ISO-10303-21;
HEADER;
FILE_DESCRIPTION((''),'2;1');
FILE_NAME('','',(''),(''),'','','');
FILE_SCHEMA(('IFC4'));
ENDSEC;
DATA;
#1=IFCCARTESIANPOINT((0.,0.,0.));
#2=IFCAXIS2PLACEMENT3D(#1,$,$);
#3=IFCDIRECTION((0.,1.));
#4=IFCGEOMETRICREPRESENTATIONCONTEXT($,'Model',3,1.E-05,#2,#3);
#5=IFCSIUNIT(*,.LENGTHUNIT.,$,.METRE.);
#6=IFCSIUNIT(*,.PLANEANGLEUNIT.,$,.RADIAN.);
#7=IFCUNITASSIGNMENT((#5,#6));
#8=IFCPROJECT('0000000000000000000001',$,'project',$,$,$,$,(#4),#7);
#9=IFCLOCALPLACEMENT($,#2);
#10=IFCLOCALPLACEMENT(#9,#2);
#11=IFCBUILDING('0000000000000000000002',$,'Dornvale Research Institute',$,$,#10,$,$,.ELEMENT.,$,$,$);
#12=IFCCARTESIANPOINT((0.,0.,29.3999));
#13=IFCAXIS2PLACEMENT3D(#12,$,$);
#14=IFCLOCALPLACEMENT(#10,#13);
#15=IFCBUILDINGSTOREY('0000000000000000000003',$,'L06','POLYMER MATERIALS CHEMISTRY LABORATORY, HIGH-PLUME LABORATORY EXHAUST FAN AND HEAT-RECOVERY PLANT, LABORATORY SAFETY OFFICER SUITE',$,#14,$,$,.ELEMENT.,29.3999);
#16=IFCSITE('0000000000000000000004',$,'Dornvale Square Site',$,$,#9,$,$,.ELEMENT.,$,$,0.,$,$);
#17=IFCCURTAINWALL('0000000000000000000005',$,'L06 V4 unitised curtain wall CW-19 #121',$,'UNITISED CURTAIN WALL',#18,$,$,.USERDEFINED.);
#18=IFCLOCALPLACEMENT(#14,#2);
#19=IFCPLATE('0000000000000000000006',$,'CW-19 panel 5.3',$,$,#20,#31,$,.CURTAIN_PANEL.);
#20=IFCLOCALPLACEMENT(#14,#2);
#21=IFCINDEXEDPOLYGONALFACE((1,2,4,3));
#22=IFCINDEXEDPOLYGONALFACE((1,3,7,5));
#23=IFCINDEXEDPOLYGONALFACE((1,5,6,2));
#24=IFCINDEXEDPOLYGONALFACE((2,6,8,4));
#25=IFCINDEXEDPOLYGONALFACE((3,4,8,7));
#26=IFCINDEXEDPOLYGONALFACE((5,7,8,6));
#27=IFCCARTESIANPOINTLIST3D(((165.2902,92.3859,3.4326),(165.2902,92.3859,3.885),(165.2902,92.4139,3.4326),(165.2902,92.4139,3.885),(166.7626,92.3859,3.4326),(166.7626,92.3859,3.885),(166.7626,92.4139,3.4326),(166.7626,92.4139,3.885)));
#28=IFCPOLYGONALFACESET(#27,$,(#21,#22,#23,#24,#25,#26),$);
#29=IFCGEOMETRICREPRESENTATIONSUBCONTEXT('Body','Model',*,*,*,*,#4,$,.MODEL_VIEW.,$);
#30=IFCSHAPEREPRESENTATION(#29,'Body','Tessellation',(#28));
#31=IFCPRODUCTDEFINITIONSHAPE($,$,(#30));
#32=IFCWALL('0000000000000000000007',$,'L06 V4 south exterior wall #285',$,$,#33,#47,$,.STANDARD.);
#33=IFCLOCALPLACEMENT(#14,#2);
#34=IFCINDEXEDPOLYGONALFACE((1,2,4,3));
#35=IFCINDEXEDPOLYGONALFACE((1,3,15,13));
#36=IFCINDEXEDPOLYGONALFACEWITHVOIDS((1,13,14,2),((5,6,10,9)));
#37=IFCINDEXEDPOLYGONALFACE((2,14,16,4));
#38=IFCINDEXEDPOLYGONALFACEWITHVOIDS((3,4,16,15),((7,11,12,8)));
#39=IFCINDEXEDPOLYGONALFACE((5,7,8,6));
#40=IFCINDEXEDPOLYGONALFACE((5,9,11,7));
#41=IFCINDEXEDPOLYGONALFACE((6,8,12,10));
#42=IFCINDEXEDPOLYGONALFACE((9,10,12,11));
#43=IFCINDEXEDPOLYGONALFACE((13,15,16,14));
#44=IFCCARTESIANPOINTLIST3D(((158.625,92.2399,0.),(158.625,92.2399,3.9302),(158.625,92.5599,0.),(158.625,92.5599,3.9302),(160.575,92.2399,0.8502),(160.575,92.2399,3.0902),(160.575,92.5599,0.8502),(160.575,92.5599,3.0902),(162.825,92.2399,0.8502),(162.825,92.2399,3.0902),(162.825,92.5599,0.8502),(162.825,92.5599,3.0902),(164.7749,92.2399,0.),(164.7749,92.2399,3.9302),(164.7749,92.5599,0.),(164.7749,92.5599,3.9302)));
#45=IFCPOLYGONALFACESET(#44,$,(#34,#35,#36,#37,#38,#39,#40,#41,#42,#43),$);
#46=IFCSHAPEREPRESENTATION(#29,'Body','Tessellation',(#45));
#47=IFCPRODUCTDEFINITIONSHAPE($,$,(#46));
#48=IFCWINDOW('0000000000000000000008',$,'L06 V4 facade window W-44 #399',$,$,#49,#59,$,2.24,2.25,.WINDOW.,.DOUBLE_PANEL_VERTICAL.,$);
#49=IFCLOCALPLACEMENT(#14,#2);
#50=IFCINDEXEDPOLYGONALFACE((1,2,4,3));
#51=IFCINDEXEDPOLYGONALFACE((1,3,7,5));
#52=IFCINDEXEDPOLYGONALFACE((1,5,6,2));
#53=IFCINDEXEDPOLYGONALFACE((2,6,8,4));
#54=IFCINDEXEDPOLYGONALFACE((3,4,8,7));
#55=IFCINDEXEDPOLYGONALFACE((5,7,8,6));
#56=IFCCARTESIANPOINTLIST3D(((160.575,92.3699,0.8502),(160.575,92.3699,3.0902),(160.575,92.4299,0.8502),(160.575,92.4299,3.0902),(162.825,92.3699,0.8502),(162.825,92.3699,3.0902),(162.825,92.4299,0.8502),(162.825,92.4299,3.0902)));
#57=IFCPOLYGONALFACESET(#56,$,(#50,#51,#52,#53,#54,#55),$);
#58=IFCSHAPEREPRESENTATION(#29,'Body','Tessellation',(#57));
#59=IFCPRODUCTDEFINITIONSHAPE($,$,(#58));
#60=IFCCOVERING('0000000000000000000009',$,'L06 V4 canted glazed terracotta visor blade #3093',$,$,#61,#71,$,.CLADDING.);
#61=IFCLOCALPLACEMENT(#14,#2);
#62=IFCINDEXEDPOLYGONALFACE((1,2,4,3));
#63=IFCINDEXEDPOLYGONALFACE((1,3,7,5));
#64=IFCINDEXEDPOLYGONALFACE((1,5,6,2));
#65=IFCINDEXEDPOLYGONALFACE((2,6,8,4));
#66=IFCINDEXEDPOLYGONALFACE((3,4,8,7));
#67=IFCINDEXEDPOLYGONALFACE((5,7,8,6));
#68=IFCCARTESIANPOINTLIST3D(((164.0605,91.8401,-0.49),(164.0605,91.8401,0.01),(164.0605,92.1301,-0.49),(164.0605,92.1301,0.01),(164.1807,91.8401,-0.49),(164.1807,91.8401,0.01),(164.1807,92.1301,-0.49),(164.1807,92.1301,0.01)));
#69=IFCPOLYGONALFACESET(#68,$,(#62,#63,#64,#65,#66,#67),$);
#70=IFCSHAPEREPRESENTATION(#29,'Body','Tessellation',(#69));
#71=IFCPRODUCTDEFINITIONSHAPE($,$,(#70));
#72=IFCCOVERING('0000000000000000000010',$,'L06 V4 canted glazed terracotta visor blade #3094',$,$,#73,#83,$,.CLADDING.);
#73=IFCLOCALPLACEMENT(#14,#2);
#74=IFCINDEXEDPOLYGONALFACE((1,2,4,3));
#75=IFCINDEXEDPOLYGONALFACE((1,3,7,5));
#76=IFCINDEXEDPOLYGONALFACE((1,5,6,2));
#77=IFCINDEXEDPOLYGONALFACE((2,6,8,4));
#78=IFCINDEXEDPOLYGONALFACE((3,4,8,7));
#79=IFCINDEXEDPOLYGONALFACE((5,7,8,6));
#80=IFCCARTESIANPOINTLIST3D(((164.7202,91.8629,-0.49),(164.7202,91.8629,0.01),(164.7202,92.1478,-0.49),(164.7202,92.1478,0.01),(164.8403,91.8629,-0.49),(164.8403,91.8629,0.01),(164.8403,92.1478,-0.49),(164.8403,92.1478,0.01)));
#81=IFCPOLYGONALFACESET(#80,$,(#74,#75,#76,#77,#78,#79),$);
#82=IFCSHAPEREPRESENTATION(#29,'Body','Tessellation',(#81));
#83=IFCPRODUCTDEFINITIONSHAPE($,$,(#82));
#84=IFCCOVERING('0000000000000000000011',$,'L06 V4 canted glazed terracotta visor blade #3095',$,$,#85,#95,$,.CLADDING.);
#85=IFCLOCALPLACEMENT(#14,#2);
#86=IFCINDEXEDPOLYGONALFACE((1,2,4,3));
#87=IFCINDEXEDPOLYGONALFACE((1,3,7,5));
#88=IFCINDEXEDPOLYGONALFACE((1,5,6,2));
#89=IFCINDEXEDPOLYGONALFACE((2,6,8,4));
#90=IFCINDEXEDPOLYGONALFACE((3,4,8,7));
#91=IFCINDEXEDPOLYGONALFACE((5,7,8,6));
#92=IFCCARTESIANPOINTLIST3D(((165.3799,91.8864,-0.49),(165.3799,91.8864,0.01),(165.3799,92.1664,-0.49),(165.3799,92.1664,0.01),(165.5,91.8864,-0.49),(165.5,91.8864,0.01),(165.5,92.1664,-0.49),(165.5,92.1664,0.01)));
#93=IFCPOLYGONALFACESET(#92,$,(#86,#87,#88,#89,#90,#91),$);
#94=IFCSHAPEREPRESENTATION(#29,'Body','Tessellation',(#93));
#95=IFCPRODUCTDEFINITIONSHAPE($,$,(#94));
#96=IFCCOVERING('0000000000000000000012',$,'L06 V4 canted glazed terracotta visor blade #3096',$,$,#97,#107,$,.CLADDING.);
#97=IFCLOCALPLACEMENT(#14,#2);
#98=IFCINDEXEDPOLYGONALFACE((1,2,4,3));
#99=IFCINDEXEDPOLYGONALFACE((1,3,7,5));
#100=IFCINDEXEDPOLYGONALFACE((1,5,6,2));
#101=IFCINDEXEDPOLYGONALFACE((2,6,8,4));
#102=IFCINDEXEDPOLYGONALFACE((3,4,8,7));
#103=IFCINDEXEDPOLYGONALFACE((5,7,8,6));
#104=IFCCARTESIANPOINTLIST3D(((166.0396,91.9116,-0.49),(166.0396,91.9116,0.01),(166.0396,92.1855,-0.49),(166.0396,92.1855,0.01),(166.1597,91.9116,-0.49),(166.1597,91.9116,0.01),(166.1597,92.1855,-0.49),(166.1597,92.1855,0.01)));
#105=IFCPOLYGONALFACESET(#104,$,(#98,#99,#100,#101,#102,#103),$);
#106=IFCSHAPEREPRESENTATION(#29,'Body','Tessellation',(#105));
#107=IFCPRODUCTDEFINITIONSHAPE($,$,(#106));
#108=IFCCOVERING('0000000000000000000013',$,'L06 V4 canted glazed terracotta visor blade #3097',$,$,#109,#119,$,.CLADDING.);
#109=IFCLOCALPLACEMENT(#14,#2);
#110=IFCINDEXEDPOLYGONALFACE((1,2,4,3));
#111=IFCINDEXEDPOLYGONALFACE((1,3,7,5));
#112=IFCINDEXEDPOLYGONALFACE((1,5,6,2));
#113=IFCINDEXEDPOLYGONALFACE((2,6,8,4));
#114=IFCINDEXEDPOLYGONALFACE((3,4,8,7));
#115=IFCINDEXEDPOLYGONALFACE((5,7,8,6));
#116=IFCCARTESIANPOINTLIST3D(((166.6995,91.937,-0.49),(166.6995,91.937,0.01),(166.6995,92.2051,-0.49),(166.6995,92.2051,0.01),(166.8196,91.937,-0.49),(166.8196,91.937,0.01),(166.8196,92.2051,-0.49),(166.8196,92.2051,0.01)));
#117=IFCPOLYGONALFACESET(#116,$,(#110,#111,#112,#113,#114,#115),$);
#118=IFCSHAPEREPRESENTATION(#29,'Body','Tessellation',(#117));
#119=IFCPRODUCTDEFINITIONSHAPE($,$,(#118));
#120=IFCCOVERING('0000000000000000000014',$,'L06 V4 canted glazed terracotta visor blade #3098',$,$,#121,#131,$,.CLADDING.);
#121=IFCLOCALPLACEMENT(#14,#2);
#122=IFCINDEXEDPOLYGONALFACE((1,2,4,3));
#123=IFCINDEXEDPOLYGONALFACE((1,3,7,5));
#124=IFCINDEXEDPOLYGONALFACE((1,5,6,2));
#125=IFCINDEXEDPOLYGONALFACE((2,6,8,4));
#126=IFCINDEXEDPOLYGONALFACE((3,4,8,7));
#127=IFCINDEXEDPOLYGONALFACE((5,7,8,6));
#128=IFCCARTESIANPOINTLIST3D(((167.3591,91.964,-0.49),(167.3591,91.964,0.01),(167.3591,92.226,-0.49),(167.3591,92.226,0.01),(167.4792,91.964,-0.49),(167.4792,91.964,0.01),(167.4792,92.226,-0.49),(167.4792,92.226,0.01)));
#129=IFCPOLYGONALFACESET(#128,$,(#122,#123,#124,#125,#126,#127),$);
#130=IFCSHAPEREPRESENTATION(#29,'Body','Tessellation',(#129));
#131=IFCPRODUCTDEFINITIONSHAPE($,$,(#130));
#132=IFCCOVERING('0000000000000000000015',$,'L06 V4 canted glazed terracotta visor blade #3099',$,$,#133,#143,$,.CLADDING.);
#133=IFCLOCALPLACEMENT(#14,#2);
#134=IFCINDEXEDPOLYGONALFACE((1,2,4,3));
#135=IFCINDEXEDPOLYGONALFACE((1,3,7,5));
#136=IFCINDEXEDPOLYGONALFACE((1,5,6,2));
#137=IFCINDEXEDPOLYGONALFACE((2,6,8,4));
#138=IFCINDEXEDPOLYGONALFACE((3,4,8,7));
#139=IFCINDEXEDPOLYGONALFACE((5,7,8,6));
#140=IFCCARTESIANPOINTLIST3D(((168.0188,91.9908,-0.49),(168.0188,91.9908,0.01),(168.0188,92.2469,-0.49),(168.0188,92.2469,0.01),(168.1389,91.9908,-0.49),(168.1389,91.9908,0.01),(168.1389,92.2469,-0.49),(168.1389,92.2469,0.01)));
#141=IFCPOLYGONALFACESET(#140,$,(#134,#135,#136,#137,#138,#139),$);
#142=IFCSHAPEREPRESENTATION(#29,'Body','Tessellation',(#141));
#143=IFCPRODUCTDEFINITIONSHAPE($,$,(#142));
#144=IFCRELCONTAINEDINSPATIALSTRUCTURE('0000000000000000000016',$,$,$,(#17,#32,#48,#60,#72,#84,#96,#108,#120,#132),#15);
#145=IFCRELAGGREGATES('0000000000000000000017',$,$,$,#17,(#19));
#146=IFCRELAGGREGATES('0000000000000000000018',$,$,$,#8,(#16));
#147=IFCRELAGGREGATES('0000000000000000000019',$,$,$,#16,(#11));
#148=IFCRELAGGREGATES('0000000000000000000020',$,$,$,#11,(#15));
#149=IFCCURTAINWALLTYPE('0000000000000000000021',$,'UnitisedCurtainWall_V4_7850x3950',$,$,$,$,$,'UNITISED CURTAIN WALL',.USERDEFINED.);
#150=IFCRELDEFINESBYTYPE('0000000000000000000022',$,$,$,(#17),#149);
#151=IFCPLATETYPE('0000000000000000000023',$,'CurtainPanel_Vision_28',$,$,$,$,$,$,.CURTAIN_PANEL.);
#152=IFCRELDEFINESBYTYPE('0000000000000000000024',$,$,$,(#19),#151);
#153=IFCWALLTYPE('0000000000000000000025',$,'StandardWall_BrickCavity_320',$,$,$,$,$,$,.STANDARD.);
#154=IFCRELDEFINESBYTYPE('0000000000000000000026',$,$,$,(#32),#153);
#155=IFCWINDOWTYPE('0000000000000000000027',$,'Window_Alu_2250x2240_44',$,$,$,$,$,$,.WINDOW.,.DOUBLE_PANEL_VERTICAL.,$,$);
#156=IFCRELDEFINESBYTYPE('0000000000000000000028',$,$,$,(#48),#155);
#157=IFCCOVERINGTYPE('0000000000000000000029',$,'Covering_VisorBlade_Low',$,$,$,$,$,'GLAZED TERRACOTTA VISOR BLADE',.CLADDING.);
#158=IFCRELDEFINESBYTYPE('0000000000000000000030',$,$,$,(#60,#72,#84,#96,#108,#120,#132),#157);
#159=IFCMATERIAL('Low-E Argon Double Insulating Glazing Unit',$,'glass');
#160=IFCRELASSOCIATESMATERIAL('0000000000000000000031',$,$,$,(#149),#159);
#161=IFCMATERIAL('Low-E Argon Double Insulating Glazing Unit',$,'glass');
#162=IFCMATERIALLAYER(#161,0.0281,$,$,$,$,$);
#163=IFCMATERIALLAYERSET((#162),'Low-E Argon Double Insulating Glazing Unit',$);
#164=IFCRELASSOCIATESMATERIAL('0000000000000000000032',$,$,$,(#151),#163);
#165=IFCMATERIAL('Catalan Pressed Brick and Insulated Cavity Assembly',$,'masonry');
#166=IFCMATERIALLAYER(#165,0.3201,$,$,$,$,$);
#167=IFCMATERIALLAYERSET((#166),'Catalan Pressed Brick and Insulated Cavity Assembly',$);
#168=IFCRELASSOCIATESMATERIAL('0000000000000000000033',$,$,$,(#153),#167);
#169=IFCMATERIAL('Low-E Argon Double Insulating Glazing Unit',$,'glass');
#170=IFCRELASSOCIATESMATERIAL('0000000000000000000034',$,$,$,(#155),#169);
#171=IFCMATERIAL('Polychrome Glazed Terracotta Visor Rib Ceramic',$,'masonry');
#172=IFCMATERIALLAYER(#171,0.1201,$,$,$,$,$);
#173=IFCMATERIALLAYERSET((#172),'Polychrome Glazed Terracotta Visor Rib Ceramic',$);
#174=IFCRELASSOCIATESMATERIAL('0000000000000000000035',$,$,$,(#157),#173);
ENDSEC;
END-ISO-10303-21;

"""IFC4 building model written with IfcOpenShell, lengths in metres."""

from ifc_helpers import new_model, si_unit, direction, frame, frame_2d, origin, origin_2d, place, context, subcontext, project, spatial, rectangle, extrude, material, layer, layer_set, type_object, element, fill, aggregate, save


model = new_model("IFC4")

# Units and contexts
model_context = context("Model", 3, precision=1e-05, world=origin(), true_north=direction((0.0, 1.0)))
body_context = subcontext(model_context, "Body", "Model", "MODEL_VIEW")
ifc_project = project(units=[si_unit("LENGTHUNIT", "METRE"), si_unit("PLANEANGLEUNIT", "RADIAN")], contexts=[model_context])

# Site, building, storey
site_placement = place(None, origin())
site = spatial("IfcSite", under=ifc_project, at=site_placement, Name="Dornvale Square Site", CompositionType="ELEMENT", RefElevation=0.0)
building_placement = place(site_placement, origin())
building = spatial("IfcBuilding", under=site, at=building_placement, Name="Dornvale Research Institute", CompositionType="ELEMENT")
storey_placement = place(building_placement, frame((0.0, 0.0, 29.3999)))
storey = spatial("IfcBuildingStorey", under=building, at=storey_placement, Name="L06", Description="POLYMER MATERIALS CHEMISTRY LABORATORY, HIGH-PLUME LABORATORY EXHAUST FAN AND HEAT-RECOVERY PLANT, LABORATORY SAFETY OFFICER SUITE", CompositionType="ELEMENT", Elevation=29.3999)

# Curtain wall
ifc_material_1 = material(Name="Low-E Argon Double Insulating Glazing Unit", Category="glass")
curtain_wall_type = type_object("IfcCurtainWallType", Name="UnitisedCurtainWall_V4_7850x3950", ElementType="UNITISED CURTAIN WALL", PredefinedType="USERDEFINED", material=ifc_material_1)
curtain_wall_placement = place(storey_placement, origin())
curtain_wall = element("IfcCurtainWall", 1, at=curtain_wall_placement, inside=storey, type_object=curtain_wall_type, Name="L06 V4 unitised curtain wall CW-19 #121", ObjectType="UNITISED CURTAIN WALL", PredefinedType="USERDEFINED")

# Plate
ifc_material_2 = material(Name="Low-E Argon Double Insulating Glazing Unit", Category="glass")
ifc_layer_1 = layer(ifc_material_2, 0.0281)
ifc_layer_set_1 = layer_set([ifc_layer_1], Name="Low-E Argon Double Insulating Glazing Unit")
plate_type_1 = type_object("IfcPlateType", Name="CurtainPanel_Vision_28", PredefinedType="CURTAIN_PANEL", material=ifc_layer_set_1)
plate_1_placement = place(storey_placement, frame((166.0264, 92.3999, 3.4326), z_axis=(0.0, 0.0, 1.0), x_axis=(-1.0, 0.0, 0.0)))
plate_1 = element("IfcPlate", 2, at=plate_1_placement, type_object=plate_type_1, Name="CW-19 panel 5.3", PredefinedType="CURTAIN_PANEL", context=body_context, shape_type="SweptSolid", body=[
    extrude(rectangle(XDim=1.4724, YDim=0.0281, at=origin_2d()), origin(), (0.0, 0.0, 1.0), 0.4524),
])
aggregate(curtain_wall, [plate_1])

# Wall, opening, window
ifc_material_3 = material(Name="Catalan Pressed Brick and Insulated Cavity Assembly", Category="masonry")
ifc_layer_2 = layer(ifc_material_3, 0.3201)
ifc_layer_set_2 = layer_set([ifc_layer_2], Name="Catalan Pressed Brick and Insulated Cavity Assembly")
wall_type = type_object("IfcWallType", Name="StandardWall_BrickCavity_320", PredefinedType="STANDARD", material=ifc_layer_set_2)
wall_placement = place(storey_placement, frame((164.7749, 92.3999, 0.0), z_axis=(0.0, 0.0, 1.0), x_axis=(-1.0, 0.0, 0.0)))
wall = element("IfcWall", 3, at=wall_placement, inside=storey, type_object=wall_type, Name="L06 V4 south exterior wall #285", PredefinedType="STANDARD", context=body_context, shape_type="SweptSolid", body=[
    extrude(rectangle(XDim=6.1499, YDim=0.3201, at=frame_2d((3.075, 0.0))), origin(), (0.0, 0.0, 1.0), 3.9302),
])
opening_placement = place(wall_placement, frame((1.95, 0.0, 0.8501)))
opening = element("IfcOpeningElement", 4, at=opening_placement, cuts=wall, PredefinedType="OPENING", context=body_context, shape_type="SweptSolid", body=[
    extrude(rectangle(XDim=2.25, YDim=2.24, at=frame_2d((1.125, 1.1201))), frame((0.0, 0.175, 0.0), z_axis=(0.0, -1.0, 0.0), x_axis=(1.0, 0.0, 0.0)), (0.0, 0.0, 1.0), 0.3501),
])
ifc_material_4 = material(Name="Low-E Argon Double Insulating Glazing Unit", Category="glass")
window_type = type_object("IfcWindowType", Name="Window_Alu_2250x2240_44", PartitioningType="DOUBLE_PANEL_VERTICAL", PredefinedType="WINDOW", material=ifc_material_4)
window_placement = place(opening_placement, origin())
window = element("IfcWindow", 5, at=window_placement, inside=storey, type_object=window_type, Name="L06 V4 facade window W-44 #399", OverallHeight=2.24, OverallWidth=2.25, PartitioningType="DOUBLE_PANEL_VERTICAL", PredefinedType="WINDOW", context=body_context, shape_type="SweptSolid", body=[
    extrude(rectangle(XDim=2.25, YDim=2.24, at=frame_2d((1.125, 1.1201))), frame((0.0, 0.03, 0.0), z_axis=(0.0, -1.0, 0.0), x_axis=(1.0, 0.0, 0.0)), (0.0, 0.0, 1.0), 0.0601),
])
fill(opening, window)

# Coverings
ifc_material_5 = material(Name="Polychrome Glazed Terracotta Visor Rib Ceramic", Category="masonry")
ifc_layer_3 = layer(ifc_material_5, 0.1201)
ifc_layer_set_3 = layer_set([ifc_layer_3], Name="Polychrome Glazed Terracotta Visor Rib Ceramic")
covering_type = type_object("IfcCoveringType", Name="Covering_VisorBlade_Low", ElementType="GLAZED TERRACOTTA VISOR BLADE", PredefinedType="CLADDING", material=ifc_layer_set_3)
covering_1_placement = place(storey_placement, frame((164.1206, 91.9851, -0.49), z_axis=(0.0, 0.0, 1.0), x_axis=(0.0, 1.0, 0.0)))
element("IfcCovering", 6, at=covering_1_placement, inside=storey, type_object=covering_type, Name="L06 V4 canted glazed terracotta visor blade #3093", PredefinedType="CLADDING", context=body_context, shape_type="SweptSolid", body=[
    extrude(rectangle(XDim=0.29, YDim=0.1201, at=origin_2d()), origin(), (0.0, 0.0, 1.0), 0.5),
])
covering_2_placement = place(storey_placement, frame((164.7803, 92.0054, -0.49), z_axis=(0.0, 0.0, 1.0), x_axis=(0.0, 1.0, 0.0)))
element("IfcCovering", 7, at=covering_2_placement, inside=storey, type_object=covering_type, Name="L06 V4 canted glazed terracotta visor blade #3094", PredefinedType="CLADDING", context=body_context, shape_type="SweptSolid", body=[
    extrude(rectangle(XDim=0.2849, YDim=0.1201, at=origin_2d()), origin(), (0.0, 0.0, 1.0), 0.5),
])
covering_3_placement = place(storey_placement, frame((165.4399, 92.0264, -0.49), z_axis=(0.0, 0.0, 1.0), x_axis=(0.0, 1.0, 0.0)))
element("IfcCovering", 8, at=covering_3_placement, inside=storey, type_object=covering_type, Name="L06 V4 canted glazed terracotta visor blade #3095", PredefinedType="CLADDING", context=body_context, shape_type="SweptSolid", body=[
    extrude(rectangle(XDim=0.28, YDim=0.1201, at=origin_2d()), origin(), (0.0, 0.0, 1.0), 0.5),
])
covering_4_placement = place(storey_placement, frame((166.0996, 92.0486, -0.49), z_axis=(0.0, 0.0, 1.0), x_axis=(0.0, 1.0, 0.0)))
element("IfcCovering", 9, at=covering_4_placement, inside=storey, type_object=covering_type, Name="L06 V4 canted glazed terracotta visor blade #3096", PredefinedType="CLADDING", context=body_context, shape_type="SweptSolid", body=[
    extrude(rectangle(XDim=0.2739, YDim=0.1201, at=origin_2d()), origin(), (0.0, 0.0, 1.0), 0.5),
])
covering_5_placement = place(storey_placement, frame((166.7595, 92.071, -0.49), z_axis=(0.0, 0.0, 1.0), x_axis=(0.0, 1.0, 0.0)))
element("IfcCovering", 10, at=covering_5_placement, inside=storey, type_object=covering_type, Name="L06 V4 canted glazed terracotta visor blade #3097", PredefinedType="CLADDING", context=body_context, shape_type="SweptSolid", body=[
    extrude(rectangle(XDim=0.2681, YDim=0.1201, at=origin_2d()), origin(), (0.0, 0.0, 1.0), 0.5),
])
covering_6_placement = place(storey_placement, frame((167.4192, 92.095, -0.49), z_axis=(0.0, 0.0, 1.0), x_axis=(0.0, 1.0, 0.0)))
element("IfcCovering", 11, at=covering_6_placement, inside=storey, type_object=covering_type, Name="L06 V4 canted glazed terracotta visor blade #3098", PredefinedType="CLADDING", context=body_context, shape_type="SweptSolid", body=[
    extrude(rectangle(XDim=0.262, YDim=0.1201, at=origin_2d()), origin(), (0.0, 0.0, 1.0), 0.5),
])
covering_7_placement = place(storey_placement, frame((168.0789, 92.1189, -0.49), z_axis=(0.0, 0.0, 1.0), x_axis=(0.0, 1.0, 0.0)))
element("IfcCovering", 12, at=covering_7_placement, inside=storey, type_object=covering_type, Name="L06 V4 canted glazed terracotta visor blade #3099", PredefinedType="CLADDING", context=body_context, shape_type="SweptSolid", body=[
    extrude(rectangle(XDim=0.2561, YDim=0.1201, at=origin_2d()), origin(), (0.0, 0.0, 1.0), 0.5),
])

save(model, "model.ifc")
